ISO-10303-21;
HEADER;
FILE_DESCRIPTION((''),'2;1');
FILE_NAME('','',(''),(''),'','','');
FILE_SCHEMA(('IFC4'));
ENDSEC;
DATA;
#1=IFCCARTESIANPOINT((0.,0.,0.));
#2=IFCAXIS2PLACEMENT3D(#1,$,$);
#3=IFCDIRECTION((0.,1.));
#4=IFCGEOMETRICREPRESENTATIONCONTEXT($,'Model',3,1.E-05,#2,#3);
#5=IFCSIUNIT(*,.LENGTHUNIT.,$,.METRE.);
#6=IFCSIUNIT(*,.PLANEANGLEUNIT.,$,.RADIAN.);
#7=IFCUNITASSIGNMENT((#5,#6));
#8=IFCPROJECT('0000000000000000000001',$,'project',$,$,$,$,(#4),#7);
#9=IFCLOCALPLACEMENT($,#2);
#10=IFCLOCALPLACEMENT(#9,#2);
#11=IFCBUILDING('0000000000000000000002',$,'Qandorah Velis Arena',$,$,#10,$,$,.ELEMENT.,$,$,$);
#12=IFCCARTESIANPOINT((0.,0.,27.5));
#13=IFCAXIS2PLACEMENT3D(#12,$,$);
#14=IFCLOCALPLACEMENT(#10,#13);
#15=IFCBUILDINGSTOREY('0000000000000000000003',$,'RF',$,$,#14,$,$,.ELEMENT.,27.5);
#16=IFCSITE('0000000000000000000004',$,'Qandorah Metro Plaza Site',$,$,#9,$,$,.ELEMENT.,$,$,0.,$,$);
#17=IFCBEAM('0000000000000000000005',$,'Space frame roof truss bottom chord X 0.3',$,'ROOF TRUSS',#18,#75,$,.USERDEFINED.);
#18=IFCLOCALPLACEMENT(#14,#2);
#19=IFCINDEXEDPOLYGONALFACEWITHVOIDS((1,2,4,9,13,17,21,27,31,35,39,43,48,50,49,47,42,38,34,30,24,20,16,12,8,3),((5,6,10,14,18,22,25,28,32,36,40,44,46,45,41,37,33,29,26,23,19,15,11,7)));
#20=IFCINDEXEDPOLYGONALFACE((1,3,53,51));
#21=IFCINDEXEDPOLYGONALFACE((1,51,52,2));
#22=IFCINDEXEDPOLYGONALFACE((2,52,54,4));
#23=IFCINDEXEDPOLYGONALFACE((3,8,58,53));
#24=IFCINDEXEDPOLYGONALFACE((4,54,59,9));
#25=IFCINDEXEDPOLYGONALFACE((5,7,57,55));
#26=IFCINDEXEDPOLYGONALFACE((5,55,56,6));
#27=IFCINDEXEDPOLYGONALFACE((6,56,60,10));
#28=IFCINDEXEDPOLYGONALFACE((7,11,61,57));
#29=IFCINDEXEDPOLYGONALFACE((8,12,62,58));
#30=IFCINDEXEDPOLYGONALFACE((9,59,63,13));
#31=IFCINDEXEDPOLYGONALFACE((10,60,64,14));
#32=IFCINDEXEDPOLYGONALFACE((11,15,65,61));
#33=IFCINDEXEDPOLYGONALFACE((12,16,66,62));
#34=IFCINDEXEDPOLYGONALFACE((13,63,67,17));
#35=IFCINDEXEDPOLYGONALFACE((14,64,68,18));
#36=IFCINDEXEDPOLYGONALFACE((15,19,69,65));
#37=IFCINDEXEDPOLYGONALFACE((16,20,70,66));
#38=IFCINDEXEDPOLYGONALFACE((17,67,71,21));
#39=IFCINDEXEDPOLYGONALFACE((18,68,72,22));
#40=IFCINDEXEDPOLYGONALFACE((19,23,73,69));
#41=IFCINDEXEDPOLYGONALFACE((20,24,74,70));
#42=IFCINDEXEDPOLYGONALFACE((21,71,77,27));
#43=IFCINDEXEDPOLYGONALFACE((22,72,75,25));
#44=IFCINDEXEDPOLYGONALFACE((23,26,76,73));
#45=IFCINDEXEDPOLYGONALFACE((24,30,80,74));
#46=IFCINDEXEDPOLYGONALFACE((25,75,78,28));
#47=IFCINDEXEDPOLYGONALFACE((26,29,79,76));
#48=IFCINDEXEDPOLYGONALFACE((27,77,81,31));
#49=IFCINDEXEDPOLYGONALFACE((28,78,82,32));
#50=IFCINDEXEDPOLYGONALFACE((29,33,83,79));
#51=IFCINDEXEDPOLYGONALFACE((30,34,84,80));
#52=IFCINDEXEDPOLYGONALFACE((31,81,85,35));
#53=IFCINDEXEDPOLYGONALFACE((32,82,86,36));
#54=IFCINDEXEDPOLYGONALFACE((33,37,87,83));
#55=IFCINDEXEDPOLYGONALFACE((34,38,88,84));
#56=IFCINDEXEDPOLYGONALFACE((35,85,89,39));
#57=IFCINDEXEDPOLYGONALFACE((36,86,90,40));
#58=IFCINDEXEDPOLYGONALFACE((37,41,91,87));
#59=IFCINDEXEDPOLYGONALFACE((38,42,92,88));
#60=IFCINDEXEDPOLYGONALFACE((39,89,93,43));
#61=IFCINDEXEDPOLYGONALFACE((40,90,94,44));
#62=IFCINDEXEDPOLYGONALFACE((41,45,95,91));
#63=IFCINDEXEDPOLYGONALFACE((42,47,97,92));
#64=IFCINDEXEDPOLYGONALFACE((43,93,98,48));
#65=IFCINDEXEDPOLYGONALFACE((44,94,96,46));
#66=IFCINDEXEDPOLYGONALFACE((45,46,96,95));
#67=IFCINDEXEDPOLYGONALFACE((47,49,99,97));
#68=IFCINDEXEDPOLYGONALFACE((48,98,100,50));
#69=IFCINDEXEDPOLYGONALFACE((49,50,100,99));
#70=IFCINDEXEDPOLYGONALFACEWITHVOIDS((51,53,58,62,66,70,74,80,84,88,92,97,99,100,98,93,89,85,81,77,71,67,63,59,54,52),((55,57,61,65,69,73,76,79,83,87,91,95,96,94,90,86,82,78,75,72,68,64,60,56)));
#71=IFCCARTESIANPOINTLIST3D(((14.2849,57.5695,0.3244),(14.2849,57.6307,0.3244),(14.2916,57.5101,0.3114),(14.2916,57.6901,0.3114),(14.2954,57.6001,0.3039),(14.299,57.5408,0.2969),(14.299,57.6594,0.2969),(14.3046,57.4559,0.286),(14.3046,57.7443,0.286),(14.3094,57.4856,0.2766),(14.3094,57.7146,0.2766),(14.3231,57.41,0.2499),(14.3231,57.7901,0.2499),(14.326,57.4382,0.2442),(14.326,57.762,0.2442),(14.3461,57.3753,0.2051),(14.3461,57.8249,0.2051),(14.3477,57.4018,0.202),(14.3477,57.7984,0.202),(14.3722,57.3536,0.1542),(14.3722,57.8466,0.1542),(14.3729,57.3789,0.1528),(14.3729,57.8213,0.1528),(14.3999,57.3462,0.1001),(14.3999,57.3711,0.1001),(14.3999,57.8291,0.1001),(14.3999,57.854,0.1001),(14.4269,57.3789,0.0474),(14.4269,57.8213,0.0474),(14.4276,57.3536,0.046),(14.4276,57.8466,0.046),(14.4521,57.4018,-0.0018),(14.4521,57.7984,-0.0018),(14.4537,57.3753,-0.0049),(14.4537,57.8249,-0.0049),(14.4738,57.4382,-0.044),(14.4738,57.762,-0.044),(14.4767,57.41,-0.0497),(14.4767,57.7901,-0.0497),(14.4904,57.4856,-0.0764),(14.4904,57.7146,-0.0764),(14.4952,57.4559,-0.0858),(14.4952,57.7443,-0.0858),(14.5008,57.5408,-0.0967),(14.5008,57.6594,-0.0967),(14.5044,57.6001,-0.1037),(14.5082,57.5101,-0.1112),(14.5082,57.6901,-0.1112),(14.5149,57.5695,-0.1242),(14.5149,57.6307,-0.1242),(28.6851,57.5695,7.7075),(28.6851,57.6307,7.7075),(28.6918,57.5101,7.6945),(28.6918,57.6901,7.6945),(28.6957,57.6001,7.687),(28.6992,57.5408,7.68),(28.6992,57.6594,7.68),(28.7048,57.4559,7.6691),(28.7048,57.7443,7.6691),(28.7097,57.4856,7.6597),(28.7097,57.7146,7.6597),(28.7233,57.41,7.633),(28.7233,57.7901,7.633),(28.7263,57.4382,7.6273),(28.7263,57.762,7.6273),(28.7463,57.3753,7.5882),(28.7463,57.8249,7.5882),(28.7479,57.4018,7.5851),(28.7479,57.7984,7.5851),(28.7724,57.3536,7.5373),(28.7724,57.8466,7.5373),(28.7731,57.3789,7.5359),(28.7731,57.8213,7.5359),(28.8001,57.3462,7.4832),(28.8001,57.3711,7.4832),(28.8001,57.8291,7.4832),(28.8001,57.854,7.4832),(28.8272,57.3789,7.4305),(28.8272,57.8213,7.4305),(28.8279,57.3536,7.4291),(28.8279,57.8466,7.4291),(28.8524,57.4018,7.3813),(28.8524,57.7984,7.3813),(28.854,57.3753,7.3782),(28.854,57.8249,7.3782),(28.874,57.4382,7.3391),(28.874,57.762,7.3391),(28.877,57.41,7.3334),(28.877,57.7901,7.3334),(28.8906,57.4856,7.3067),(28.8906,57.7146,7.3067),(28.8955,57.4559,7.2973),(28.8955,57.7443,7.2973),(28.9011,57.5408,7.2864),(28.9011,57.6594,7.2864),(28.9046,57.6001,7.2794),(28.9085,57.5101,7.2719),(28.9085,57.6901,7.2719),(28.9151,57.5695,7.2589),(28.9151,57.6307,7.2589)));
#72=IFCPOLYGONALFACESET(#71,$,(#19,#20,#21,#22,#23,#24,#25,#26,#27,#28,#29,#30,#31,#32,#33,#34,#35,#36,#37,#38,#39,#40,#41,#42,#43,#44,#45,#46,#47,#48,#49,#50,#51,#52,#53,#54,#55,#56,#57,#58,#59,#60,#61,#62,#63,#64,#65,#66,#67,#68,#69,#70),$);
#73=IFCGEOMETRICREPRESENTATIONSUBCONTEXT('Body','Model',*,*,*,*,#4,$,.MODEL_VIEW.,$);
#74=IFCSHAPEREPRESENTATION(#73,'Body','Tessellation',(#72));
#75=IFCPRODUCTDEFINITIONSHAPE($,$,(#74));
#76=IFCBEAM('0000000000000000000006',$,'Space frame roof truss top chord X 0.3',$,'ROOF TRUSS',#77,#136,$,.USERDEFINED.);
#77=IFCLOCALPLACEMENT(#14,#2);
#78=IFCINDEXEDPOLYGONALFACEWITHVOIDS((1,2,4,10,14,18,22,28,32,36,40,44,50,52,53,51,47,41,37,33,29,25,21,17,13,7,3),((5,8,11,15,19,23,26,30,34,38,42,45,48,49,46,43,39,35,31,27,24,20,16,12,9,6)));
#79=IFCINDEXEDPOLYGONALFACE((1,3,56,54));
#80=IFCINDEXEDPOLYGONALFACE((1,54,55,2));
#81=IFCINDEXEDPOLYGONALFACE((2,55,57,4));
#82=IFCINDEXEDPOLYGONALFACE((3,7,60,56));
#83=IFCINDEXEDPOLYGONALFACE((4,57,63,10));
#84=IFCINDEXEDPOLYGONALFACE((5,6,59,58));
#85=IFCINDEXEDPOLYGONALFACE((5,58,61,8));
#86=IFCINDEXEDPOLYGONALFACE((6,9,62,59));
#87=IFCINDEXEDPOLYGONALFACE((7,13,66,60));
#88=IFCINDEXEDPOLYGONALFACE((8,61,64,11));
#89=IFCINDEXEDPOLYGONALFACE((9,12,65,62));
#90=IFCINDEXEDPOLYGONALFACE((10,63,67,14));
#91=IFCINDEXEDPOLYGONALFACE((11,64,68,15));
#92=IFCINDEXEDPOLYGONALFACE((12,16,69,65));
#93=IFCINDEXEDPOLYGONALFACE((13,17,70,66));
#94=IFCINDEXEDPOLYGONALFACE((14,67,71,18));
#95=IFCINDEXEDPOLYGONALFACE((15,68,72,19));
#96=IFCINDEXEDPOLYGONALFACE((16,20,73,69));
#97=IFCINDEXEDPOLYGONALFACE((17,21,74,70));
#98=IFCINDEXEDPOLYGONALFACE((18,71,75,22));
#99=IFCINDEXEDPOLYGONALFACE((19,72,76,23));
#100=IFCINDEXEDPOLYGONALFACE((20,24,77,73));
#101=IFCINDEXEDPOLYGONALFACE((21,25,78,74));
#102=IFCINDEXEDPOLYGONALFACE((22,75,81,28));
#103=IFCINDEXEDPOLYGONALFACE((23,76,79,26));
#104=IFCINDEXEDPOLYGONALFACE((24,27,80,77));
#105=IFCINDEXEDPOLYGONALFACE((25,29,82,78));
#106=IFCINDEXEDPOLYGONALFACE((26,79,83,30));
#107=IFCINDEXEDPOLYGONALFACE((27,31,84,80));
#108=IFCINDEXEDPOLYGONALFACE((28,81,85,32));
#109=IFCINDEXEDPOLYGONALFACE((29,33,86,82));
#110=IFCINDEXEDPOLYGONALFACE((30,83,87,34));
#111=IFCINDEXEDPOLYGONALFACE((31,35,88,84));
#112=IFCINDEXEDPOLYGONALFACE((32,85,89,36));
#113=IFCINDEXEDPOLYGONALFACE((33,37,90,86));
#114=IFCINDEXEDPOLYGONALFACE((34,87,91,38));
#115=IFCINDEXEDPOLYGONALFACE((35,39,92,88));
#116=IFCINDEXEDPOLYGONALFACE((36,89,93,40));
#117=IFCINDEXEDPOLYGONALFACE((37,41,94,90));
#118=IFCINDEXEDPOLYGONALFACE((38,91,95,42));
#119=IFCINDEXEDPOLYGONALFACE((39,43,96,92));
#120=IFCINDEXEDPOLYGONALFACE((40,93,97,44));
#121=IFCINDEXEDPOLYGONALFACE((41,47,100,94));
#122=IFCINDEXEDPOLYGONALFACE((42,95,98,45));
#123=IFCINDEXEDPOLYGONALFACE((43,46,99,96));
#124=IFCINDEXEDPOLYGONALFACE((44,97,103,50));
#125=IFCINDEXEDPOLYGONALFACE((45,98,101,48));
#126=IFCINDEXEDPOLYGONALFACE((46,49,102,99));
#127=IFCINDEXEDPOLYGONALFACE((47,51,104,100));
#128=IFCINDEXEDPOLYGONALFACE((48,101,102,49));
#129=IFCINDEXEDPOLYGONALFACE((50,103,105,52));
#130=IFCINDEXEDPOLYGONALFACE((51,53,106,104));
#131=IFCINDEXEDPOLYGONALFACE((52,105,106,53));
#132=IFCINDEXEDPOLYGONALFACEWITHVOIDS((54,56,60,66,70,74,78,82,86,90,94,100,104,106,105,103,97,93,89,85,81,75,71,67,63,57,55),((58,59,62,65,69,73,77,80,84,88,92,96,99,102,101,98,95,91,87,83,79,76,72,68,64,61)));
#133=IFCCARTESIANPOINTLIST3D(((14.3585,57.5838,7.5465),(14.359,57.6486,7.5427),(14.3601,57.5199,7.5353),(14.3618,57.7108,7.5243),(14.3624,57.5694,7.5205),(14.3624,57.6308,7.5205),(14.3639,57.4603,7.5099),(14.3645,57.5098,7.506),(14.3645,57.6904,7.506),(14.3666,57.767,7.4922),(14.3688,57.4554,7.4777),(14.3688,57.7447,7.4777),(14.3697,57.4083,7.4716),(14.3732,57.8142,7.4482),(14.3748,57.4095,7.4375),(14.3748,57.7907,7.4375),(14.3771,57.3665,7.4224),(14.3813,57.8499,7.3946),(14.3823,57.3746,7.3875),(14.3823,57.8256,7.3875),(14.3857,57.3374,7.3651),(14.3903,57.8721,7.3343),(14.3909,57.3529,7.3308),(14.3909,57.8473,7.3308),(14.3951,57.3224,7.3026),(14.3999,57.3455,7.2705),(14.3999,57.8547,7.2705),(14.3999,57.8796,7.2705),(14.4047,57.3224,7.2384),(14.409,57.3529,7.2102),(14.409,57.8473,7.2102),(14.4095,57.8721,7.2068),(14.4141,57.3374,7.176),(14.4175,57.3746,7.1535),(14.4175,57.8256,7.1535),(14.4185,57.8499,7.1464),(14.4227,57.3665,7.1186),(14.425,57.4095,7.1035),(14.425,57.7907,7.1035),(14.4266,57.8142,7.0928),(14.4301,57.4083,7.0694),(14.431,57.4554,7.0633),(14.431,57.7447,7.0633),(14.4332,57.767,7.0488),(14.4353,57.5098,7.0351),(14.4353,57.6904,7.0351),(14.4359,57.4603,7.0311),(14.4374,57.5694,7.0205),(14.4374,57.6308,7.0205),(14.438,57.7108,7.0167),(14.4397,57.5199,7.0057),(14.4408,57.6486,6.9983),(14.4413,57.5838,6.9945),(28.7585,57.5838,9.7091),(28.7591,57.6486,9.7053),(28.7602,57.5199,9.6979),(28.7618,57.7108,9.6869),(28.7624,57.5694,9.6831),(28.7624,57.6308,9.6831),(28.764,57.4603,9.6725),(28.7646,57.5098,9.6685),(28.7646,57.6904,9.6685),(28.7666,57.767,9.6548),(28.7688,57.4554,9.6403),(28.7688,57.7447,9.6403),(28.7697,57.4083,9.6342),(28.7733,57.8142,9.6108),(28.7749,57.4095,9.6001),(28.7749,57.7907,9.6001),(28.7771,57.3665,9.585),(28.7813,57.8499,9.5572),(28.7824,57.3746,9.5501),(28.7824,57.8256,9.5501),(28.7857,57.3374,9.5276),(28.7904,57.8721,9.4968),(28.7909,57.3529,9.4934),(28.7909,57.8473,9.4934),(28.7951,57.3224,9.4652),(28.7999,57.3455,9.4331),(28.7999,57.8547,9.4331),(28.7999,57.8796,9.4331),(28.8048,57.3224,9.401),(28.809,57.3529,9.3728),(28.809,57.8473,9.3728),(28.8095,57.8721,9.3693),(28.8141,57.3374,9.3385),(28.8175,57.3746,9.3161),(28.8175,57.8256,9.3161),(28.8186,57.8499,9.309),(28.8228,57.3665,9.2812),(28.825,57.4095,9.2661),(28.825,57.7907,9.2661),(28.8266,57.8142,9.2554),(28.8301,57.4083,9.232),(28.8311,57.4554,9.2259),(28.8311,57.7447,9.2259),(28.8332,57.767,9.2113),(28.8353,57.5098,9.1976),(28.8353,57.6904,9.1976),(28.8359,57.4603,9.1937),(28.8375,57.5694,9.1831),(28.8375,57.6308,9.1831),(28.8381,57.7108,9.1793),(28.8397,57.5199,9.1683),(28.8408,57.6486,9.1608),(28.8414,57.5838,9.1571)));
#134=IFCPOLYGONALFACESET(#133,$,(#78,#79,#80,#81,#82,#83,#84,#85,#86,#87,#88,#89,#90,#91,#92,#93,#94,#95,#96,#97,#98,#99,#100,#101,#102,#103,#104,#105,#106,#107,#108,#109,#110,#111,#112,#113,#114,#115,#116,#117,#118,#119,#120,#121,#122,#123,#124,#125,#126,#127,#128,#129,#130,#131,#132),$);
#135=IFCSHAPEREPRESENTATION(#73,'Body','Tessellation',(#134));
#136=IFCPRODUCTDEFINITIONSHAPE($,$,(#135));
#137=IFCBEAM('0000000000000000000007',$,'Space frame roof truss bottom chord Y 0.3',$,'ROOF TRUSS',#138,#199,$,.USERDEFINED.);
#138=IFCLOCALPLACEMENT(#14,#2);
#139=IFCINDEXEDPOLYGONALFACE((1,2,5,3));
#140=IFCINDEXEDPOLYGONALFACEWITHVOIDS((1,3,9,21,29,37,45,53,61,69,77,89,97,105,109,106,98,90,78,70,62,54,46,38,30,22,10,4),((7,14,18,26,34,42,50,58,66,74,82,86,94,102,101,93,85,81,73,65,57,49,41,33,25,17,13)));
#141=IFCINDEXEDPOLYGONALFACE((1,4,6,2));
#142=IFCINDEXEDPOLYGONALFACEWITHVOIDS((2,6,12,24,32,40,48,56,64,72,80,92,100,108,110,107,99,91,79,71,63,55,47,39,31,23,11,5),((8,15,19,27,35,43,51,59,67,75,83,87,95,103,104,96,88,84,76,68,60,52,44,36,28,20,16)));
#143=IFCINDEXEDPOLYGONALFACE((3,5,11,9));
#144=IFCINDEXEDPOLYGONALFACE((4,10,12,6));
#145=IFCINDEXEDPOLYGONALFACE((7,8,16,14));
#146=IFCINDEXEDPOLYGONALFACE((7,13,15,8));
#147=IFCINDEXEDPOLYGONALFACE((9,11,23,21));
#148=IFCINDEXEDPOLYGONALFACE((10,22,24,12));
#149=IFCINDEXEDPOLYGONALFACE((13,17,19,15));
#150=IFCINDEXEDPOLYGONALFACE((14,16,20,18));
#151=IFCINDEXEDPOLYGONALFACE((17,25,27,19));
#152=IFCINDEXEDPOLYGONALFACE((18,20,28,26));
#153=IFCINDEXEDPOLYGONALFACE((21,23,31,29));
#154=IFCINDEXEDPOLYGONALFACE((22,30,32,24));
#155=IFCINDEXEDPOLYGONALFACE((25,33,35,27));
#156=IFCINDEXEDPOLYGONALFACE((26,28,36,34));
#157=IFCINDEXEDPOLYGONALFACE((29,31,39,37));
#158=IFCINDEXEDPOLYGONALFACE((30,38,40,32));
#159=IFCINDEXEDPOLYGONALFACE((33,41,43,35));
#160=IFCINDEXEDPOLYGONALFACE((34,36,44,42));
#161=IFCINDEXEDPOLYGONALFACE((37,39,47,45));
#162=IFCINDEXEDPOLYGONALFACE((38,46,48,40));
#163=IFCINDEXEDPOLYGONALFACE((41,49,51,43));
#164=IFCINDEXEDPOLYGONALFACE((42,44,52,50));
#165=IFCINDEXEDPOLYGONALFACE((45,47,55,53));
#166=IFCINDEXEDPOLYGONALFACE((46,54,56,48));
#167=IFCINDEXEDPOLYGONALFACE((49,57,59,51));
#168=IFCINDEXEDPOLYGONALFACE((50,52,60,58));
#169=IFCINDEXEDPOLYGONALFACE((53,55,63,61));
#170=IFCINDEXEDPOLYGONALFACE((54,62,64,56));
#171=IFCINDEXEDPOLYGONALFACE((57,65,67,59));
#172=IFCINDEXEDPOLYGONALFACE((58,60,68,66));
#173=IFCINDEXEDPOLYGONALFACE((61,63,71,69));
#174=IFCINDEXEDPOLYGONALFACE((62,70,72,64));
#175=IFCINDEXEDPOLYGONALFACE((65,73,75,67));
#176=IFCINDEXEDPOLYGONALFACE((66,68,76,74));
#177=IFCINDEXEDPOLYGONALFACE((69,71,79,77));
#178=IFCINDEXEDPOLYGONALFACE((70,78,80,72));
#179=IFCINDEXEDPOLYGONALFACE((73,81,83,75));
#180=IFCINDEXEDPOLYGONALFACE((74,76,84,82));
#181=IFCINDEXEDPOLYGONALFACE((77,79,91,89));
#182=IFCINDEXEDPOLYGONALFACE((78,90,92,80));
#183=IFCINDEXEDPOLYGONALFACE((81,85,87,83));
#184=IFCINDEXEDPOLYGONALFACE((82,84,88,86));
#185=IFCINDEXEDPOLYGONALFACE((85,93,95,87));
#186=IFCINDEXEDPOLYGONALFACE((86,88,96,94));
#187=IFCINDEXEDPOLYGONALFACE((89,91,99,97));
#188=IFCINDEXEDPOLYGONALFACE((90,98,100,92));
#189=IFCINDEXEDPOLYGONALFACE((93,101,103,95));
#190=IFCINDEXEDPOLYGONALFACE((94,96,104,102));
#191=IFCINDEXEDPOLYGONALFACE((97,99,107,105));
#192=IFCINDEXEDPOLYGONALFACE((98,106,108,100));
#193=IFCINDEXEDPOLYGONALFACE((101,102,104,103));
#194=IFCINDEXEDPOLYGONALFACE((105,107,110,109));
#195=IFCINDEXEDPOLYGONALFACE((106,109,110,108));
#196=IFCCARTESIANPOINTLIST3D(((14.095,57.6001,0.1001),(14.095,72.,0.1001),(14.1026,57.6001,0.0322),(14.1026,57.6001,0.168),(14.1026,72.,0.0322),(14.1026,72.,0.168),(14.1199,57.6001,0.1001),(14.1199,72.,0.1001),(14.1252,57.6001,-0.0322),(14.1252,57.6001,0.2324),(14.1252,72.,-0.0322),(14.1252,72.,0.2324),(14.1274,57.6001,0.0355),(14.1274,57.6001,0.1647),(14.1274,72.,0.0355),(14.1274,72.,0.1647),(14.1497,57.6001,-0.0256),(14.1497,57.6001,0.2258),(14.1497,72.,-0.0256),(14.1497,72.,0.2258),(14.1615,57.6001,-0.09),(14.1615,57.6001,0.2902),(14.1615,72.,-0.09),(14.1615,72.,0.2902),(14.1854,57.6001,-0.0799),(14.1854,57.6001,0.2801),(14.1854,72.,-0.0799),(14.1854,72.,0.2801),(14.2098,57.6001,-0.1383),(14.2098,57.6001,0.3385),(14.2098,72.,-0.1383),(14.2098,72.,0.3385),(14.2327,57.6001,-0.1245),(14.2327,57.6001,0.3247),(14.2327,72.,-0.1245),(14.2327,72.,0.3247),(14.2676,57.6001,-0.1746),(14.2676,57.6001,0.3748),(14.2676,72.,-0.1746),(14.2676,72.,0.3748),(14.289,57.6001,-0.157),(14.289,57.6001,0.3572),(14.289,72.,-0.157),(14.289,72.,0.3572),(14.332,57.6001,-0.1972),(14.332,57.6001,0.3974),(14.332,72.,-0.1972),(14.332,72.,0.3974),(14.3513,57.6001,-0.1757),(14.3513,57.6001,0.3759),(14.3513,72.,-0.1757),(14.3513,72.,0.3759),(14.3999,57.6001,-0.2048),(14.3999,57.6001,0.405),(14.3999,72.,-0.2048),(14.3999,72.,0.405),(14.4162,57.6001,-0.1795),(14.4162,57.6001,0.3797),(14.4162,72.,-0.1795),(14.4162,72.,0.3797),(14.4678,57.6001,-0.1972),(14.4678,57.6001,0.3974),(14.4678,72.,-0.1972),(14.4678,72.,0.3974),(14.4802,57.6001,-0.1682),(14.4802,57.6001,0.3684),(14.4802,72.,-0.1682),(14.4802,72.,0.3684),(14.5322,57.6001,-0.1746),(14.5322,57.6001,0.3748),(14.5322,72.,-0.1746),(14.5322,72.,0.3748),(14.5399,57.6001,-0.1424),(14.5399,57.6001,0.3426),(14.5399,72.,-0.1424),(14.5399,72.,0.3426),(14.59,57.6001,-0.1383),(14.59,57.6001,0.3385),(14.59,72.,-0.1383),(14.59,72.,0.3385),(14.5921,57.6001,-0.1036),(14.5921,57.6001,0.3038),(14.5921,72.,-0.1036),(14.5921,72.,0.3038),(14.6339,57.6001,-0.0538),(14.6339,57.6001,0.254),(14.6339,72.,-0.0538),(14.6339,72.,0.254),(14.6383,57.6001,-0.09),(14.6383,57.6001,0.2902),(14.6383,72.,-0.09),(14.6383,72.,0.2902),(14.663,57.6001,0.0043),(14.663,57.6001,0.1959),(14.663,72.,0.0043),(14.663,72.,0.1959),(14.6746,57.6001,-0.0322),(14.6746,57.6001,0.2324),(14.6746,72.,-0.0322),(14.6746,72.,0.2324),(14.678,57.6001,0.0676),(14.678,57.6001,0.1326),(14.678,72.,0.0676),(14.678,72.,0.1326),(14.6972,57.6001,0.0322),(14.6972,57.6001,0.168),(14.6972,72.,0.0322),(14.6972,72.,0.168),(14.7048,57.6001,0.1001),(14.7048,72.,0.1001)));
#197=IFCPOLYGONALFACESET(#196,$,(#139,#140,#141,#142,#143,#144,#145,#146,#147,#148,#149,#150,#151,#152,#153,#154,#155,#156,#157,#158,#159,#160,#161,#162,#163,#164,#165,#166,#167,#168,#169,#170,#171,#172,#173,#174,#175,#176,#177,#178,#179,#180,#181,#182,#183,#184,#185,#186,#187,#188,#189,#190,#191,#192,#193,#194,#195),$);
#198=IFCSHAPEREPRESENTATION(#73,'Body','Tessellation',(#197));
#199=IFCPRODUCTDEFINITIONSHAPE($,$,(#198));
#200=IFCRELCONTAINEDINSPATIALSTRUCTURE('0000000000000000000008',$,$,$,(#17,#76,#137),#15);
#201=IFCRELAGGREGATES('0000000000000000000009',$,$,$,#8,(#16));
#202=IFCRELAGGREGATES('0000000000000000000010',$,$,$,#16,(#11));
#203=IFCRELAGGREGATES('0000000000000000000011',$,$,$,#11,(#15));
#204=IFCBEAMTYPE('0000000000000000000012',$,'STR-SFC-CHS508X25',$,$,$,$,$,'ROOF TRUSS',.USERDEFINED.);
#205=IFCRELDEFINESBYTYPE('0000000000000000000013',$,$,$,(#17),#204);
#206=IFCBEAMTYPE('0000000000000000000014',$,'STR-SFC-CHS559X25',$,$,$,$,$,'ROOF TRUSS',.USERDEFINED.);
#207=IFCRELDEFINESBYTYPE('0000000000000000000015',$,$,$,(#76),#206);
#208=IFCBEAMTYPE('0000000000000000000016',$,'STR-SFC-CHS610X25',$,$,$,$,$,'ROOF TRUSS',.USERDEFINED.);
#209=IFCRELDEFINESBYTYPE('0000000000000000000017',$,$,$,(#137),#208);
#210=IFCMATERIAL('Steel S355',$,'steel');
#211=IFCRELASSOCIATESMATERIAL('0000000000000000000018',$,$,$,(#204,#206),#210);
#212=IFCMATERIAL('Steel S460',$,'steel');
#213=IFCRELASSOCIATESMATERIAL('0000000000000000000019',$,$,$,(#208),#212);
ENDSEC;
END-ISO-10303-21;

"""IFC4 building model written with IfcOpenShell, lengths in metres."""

from ifc_helpers import new_model, si_unit, direction, frame, origin, origin_2d, place, context, subcontext, project, spatial, hollow_circle, extrude, material, material_profile, profile_set, type_object, element, save


model = new_model("IFC4")

# Units and contexts
model_context = context("Model", 3, precision=1e-05, world=origin(), true_north=direction((0.0, 1.0)))
body_context = subcontext(model_context, "Body", "Model", "MODEL_VIEW")
ifc_project = project(units=[si_unit("LENGTHUNIT", "METRE"), si_unit("PLANEANGLEUNIT", "RADIAN")], contexts=[model_context])

# Site, building, storey
site_placement = place(None, origin())
site = spatial("IfcSite", under=ifc_project, at=site_placement, Name="Qandorah Metro Plaza Site", CompositionType="ELEMENT", RefElevation=0.0)
building_placement = place(site_placement, origin())
building = spatial("IfcBuilding", under=site, at=building_placement, Name="Qandorah Velis Arena", CompositionType="ELEMENT")
storey_placement = place(building_placement, frame((0.0, 0.0, 27.5)))
storey = spatial("IfcBuildingStorey", under=building, at=storey_placement, Name="RF", CompositionType="ELEMENT", Elevation=27.5)

# Beams
ifc_material_1 = material(Name="Steel S355", Category="steel")
ifc_material_profile_1 = material_profile(ifc_material_1, hollow_circle(Radius=0.2539, WallThickness=0.0249, at=origin_2d()), Name="CHS 508x25")
ifc_profile_set_1 = profile_set([ifc_material_profile_1], Name="Steel S355")
beam_type_1 = type_object("IfcBeamType", Name="STR-SFC-CHS508X25", ElementType="ROOF TRUSS", PredefinedType="USERDEFINED", material=ifc_profile_set_1)
beam_1_placement = place(storey_placement, frame((14.3999, 57.6001, 0.1001), z_axis=(0.889858, 0.0, 0.456237), x_axis=(0.0, 1.0, 0.0)))
element("IfcBeam", 1, at=beam_1_placement, inside=storey, type_object=beam_type_1, Name="Space frame roof truss bottom chord X 0.3", ObjectType="ROOF TRUSS", PredefinedType="USERDEFINED", context=body_context, shape_type="SweptSolid", body=[
    extrude(hollow_circle(Radius=0.2539, WallThickness=0.0249, at=origin_2d()), origin(), (0.0, 0.0, 1.0), 16.1826),
])
ifc_material_profile_2 = material_profile(ifc_material_1, hollow_circle(Radius=0.2795, WallThickness=0.0249, at=origin_2d()), Name="CHS 559x25")
ifc_profile_set_2 = profile_set([ifc_material_profile_2], Name="Steel S355")
beam_type_2 = type_object("IfcBeamType", Name="STR-SFC-CHS559X25", ElementType="ROOF TRUSS", PredefinedType="USERDEFINED", material=ifc_profile_set_2)
beam_2_placement = place(storey_placement, frame((14.3999, 57.6001, 7.2705), z_axis=(0.98891, 0.0, 0.148513), x_axis=(0.0, 1.0, 0.0)))
element("IfcBeam", 2, at=beam_2_placement, inside=storey, type_object=beam_type_2, Name="Space frame roof truss top chord X 0.3", ObjectType="ROOF TRUSS", PredefinedType="USERDEFINED", context=body_context, shape_type="SweptSolid", body=[
    extrude(hollow_circle(Radius=0.2795, WallThickness=0.0249, at=origin_2d()), origin(), (0.0, 0.0, 1.0), 14.5615),
])
ifc_material_2 = material(Name="Steel S460", Category="steel")
ifc_material_profile_3 = material_profile(ifc_material_2, hollow_circle(Radius=0.3049, WallThickness=0.0249, at=origin_2d()), Name="CHS 610x25")
ifc_profile_set_3 = profile_set([ifc_material_profile_3], Name="Steel S460")
beam_type_3 = type_object("IfcBeamType", Name="STR-SFC-CHS610X25", ElementType="ROOF TRUSS", PredefinedType="USERDEFINED", material=ifc_profile_set_3)
beam_3_placement = place(storey_placement, frame((14.3999, 57.6001, 0.1001), z_axis=(0.0, 1.0, 0.0), x_axis=(-1.0, 0.0, 0.0)))
element("IfcBeam", 3, at=beam_3_placement, inside=storey, type_object=beam_type_3, Name="Space frame roof truss bottom chord Y 0.3", ObjectType="ROOF TRUSS", PredefinedType="USERDEFINED", context=body_context, shape_type="SweptSolid", body=[
    extrude(hollow_circle(Radius=0.3049, WallThickness=0.0249, at=origin_2d()), origin(), (0.0, 0.0, 1.0), 14.3999),
])

save(model, "model.ifc")
